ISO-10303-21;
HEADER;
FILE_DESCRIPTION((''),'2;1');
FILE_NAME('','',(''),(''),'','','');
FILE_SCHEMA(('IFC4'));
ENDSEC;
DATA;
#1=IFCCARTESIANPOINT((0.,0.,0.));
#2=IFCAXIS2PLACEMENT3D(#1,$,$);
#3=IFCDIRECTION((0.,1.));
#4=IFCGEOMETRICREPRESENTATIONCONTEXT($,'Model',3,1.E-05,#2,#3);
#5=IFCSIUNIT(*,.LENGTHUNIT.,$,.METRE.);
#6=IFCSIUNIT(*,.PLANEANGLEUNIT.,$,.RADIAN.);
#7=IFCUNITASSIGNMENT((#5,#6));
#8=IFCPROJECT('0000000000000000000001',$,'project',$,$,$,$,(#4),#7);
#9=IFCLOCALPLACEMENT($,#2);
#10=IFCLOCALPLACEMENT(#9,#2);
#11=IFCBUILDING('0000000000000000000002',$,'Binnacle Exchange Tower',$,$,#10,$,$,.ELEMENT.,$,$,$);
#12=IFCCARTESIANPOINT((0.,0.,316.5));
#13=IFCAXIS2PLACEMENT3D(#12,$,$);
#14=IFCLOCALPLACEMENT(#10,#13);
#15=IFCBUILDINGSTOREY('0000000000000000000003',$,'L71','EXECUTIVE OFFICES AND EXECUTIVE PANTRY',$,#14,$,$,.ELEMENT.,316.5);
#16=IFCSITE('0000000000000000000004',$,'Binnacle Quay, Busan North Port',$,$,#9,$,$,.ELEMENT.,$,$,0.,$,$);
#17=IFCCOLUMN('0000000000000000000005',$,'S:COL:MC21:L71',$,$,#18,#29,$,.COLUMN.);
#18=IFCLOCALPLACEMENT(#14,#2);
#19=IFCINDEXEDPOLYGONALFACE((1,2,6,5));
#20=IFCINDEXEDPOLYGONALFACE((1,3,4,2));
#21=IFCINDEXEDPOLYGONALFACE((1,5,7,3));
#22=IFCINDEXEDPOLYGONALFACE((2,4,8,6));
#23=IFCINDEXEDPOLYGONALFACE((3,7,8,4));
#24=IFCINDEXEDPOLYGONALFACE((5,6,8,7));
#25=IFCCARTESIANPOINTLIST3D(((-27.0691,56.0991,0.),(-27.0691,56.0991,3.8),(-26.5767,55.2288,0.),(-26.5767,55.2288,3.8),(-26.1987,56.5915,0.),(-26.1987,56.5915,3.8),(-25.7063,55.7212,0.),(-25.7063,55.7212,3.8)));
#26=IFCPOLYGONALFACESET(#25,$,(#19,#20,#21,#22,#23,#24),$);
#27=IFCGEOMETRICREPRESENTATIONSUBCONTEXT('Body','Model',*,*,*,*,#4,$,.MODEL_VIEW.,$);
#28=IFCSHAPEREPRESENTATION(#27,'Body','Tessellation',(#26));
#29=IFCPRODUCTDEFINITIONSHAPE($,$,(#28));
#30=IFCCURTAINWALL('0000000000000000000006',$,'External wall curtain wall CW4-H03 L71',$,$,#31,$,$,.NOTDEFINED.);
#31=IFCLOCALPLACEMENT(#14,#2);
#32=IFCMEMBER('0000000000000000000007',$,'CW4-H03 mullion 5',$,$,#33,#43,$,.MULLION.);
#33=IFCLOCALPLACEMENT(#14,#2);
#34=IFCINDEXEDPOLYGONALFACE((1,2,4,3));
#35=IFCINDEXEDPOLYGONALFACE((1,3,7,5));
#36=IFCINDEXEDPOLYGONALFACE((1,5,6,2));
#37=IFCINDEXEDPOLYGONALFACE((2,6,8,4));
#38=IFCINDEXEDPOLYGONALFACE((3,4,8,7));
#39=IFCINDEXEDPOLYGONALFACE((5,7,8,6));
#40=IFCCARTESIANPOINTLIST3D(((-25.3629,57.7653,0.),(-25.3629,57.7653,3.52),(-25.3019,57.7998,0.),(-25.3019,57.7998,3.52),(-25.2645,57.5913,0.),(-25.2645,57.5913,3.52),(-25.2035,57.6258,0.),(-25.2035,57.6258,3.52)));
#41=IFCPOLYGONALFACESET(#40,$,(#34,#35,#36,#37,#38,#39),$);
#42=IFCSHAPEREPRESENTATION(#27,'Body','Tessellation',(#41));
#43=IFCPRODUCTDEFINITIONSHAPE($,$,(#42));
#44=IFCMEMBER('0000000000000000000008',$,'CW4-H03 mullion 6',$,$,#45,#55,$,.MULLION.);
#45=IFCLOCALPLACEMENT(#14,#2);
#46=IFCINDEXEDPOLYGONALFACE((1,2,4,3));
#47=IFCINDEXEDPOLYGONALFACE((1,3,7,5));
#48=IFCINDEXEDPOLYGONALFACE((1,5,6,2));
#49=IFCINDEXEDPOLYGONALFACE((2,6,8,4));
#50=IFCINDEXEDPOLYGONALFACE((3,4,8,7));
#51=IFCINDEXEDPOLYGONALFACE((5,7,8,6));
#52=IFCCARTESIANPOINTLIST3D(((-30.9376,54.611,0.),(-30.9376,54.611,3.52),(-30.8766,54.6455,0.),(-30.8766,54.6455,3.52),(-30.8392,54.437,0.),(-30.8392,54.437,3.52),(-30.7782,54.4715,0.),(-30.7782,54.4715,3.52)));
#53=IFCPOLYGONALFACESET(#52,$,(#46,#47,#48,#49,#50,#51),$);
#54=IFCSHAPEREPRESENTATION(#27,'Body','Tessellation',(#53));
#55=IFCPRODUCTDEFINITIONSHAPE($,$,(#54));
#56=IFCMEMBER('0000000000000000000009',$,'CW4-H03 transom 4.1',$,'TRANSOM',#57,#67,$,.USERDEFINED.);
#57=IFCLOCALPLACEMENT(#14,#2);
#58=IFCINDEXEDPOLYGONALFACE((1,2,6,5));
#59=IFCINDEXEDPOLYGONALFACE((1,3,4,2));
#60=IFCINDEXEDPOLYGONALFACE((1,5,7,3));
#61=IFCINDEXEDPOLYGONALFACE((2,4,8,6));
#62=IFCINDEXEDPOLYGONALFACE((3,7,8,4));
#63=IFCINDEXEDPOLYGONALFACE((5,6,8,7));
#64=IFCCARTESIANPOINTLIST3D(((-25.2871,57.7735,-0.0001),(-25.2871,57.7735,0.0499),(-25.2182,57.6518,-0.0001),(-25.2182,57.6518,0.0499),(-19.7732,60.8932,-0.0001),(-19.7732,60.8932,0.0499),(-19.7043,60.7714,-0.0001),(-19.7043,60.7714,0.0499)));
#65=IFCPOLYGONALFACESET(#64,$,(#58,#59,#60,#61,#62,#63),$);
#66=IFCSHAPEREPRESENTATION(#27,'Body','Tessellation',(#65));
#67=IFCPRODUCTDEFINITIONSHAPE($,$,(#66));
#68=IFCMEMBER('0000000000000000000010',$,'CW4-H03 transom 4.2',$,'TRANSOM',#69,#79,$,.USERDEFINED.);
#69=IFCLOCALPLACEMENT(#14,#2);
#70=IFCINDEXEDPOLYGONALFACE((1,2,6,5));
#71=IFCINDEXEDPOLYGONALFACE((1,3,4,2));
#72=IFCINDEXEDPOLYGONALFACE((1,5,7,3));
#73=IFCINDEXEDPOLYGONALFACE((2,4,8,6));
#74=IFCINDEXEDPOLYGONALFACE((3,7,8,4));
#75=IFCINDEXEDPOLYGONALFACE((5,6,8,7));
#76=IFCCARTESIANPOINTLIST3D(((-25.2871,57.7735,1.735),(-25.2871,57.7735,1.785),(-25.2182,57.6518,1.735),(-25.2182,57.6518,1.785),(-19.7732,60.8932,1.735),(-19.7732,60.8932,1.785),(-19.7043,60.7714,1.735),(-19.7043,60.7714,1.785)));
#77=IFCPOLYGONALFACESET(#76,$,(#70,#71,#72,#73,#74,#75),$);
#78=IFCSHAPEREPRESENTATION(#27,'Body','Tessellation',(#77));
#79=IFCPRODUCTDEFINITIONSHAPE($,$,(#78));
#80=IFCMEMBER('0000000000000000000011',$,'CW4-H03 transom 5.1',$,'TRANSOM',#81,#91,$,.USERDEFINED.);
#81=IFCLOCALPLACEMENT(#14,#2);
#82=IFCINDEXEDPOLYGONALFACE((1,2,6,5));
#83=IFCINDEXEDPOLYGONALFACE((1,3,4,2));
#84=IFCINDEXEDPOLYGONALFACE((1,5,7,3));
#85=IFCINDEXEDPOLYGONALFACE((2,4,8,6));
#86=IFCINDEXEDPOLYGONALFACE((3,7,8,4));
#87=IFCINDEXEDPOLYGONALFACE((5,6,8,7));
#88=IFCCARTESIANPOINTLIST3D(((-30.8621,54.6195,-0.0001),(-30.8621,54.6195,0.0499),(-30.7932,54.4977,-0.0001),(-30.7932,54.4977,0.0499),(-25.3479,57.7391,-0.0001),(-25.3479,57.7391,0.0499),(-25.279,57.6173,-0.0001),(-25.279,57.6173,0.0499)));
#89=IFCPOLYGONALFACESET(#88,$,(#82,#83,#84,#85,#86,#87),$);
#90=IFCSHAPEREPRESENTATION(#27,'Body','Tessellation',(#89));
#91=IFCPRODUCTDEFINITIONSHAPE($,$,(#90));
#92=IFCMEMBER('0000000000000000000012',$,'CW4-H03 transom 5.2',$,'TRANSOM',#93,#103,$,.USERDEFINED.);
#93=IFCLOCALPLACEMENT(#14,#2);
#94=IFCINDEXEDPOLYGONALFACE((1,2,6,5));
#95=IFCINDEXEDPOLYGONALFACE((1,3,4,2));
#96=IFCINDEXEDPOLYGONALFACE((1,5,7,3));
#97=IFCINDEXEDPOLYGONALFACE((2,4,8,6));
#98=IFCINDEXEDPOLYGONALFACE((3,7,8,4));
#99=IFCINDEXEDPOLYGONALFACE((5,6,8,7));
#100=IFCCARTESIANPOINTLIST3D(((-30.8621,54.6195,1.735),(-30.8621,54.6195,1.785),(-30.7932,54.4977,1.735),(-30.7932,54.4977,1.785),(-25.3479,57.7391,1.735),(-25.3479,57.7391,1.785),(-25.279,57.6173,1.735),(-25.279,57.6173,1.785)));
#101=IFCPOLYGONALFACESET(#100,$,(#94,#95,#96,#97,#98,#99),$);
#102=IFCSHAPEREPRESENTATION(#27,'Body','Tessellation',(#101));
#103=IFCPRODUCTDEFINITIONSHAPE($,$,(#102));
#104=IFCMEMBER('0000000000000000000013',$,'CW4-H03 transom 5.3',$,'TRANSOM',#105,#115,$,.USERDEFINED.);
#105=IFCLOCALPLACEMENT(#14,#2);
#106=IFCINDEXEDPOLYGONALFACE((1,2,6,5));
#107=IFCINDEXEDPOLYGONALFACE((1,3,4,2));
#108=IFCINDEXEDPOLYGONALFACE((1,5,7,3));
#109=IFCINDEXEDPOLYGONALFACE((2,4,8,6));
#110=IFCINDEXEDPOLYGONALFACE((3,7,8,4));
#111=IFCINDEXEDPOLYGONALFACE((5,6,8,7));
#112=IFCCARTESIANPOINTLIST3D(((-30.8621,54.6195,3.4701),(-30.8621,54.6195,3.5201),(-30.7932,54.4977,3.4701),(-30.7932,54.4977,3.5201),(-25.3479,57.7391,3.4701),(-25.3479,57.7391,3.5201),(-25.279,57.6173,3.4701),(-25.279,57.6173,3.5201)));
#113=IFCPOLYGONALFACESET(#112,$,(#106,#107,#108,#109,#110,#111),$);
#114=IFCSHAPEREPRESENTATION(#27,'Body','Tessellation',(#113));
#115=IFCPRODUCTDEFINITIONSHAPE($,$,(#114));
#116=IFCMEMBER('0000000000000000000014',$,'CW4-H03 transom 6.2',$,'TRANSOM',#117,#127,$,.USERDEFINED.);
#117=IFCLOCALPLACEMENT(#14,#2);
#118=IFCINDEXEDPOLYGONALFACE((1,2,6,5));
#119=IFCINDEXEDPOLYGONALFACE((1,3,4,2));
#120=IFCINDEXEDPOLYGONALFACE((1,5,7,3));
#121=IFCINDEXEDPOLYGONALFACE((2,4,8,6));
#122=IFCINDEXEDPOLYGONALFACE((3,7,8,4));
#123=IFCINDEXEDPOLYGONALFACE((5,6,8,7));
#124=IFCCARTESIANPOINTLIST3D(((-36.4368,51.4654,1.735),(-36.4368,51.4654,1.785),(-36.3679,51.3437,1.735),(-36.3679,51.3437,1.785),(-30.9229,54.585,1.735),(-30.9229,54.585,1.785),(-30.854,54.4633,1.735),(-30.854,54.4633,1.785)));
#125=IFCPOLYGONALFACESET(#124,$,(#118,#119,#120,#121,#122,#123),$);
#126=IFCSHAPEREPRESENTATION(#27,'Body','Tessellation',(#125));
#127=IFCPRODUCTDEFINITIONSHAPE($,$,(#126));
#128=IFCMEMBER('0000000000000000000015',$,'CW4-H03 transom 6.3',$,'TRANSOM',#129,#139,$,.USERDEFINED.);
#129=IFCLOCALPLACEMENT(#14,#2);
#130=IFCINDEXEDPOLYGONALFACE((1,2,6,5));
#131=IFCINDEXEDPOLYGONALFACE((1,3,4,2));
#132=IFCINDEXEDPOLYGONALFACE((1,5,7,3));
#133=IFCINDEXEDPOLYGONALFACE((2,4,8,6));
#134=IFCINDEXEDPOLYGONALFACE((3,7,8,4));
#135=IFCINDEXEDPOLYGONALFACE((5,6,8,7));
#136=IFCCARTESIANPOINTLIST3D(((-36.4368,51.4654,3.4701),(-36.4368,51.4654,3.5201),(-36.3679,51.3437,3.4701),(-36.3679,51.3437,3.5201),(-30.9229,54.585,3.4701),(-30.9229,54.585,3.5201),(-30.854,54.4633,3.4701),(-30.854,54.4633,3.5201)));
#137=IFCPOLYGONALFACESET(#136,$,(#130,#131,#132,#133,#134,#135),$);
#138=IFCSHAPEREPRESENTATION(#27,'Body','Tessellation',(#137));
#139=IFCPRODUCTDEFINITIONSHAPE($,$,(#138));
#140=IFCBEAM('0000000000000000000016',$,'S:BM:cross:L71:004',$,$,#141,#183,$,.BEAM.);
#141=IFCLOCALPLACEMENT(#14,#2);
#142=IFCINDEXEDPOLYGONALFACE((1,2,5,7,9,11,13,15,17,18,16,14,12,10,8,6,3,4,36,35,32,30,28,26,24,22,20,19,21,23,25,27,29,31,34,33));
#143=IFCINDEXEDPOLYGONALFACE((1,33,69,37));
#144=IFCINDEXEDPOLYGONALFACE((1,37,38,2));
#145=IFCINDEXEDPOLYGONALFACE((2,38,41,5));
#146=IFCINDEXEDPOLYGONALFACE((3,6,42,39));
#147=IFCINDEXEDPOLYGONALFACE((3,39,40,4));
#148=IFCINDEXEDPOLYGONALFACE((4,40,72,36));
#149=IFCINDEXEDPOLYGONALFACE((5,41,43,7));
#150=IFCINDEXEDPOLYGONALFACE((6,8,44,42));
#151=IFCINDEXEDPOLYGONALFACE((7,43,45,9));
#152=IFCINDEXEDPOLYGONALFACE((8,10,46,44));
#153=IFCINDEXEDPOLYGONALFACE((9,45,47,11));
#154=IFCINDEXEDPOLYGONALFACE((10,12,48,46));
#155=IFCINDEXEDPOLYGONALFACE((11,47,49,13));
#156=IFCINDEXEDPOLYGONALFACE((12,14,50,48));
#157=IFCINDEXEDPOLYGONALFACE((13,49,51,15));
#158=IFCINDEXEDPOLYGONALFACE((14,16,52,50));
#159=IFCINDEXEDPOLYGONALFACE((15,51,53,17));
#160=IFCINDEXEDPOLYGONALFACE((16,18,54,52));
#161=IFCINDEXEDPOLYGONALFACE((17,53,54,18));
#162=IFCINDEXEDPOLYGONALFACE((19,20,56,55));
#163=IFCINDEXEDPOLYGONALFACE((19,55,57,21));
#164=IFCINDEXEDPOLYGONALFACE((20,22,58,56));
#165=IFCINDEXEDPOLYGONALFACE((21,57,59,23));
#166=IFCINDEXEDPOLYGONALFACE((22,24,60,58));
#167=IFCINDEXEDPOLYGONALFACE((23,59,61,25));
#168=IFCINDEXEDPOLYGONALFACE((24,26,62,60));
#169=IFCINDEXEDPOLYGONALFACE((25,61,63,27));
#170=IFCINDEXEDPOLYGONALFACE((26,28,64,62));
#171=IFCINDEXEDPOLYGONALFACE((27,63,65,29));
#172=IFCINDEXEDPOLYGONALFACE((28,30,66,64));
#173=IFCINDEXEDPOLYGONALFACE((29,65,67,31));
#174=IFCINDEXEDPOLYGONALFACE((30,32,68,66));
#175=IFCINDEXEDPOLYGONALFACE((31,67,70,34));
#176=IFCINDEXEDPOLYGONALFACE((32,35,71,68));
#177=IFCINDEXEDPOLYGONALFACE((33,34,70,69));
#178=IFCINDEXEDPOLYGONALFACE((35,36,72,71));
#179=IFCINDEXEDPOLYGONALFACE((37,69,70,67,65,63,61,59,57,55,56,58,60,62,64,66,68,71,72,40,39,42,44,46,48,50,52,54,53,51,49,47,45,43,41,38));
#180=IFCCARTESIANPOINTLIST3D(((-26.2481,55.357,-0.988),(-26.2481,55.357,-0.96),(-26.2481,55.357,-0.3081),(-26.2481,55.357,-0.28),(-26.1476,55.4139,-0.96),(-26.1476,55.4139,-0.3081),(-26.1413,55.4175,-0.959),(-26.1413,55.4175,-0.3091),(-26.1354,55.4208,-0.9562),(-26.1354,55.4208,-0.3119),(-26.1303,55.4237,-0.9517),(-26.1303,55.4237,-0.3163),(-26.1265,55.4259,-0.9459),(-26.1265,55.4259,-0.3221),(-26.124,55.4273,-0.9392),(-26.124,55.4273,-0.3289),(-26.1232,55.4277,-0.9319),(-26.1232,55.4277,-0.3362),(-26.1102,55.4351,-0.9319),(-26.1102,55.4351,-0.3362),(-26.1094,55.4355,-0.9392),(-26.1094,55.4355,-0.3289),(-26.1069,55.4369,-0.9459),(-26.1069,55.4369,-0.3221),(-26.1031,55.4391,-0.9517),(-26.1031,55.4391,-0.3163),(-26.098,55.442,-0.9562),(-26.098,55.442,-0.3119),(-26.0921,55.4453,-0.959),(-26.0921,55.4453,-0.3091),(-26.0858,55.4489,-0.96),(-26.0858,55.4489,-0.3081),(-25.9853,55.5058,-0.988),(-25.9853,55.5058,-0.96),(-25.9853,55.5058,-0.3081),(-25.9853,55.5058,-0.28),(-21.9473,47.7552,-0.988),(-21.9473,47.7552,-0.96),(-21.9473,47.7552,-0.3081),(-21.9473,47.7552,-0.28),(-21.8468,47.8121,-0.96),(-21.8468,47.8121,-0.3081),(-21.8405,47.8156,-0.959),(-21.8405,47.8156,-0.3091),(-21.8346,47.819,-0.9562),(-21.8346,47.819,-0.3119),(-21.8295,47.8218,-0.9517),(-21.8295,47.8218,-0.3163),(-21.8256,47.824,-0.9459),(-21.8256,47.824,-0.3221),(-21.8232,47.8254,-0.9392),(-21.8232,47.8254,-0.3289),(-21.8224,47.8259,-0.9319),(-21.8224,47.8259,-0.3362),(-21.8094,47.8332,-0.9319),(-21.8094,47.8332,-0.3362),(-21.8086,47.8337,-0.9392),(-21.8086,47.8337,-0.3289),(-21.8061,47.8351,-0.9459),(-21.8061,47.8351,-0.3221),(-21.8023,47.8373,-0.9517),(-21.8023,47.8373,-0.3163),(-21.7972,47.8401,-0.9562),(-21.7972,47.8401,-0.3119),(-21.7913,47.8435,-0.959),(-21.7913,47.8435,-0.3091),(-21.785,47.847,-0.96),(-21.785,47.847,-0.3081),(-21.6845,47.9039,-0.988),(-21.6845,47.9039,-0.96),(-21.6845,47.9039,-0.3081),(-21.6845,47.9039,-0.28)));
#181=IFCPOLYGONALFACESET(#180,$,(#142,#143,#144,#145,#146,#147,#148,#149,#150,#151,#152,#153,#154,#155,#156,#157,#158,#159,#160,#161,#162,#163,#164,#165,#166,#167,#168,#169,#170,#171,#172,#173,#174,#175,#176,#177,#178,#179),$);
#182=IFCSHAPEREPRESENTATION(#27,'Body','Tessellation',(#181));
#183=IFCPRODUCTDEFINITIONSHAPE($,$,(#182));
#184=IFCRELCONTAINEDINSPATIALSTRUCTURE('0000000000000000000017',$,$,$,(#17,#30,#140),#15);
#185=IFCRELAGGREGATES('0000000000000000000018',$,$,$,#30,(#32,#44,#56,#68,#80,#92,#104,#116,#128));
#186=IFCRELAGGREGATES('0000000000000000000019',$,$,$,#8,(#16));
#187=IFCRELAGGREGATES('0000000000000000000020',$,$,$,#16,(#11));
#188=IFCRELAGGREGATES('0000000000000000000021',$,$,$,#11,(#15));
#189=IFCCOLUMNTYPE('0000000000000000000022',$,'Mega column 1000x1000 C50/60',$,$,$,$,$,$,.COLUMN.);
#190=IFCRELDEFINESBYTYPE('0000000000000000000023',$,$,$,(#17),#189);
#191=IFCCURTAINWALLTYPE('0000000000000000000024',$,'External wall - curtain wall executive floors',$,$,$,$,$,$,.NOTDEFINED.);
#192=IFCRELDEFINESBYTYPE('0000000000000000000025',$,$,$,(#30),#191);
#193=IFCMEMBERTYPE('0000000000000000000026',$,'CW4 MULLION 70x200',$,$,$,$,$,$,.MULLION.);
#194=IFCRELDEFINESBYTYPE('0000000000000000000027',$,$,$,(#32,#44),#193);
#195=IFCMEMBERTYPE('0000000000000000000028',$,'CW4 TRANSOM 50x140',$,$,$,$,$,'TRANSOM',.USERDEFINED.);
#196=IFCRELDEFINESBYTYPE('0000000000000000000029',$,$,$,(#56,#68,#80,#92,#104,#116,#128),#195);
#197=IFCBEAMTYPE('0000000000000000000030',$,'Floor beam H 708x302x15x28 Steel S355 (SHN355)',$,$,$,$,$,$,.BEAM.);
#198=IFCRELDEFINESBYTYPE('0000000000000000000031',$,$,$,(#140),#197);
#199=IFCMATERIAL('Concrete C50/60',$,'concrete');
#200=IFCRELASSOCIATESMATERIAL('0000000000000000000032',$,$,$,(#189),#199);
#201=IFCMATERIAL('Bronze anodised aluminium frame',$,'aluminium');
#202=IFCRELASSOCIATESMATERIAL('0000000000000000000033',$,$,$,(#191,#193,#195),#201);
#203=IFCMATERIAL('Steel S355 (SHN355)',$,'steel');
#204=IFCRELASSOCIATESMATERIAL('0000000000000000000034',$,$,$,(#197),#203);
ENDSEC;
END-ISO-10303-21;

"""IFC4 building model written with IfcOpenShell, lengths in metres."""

from ifc_helpers import new_model, si_unit, direction, frame, origin, origin_2d, place, context, subcontext, project, spatial, rectangle, i_section, extrude, material, material_profile, profile_set, type_object, element, aggregate, save


model = new_model("IFC4")

# Units and contexts
model_context = context("Model", 3, precision=1e-05, world=origin(), true_north=direction((0.0, 1.0)))
body_context = subcontext(model_context, "Body", "Model", "MODEL_VIEW")
ifc_project = project(units=[si_unit("LENGTHUNIT", "METRE"), si_unit("PLANEANGLEUNIT", "RADIAN")], contexts=[model_context])

# Site, building, storey
site_placement = place(None, origin())
site = spatial("IfcSite", under=ifc_project, at=site_placement, Name="Binnacle Quay, Busan North Port", CompositionType="ELEMENT", RefElevation=0.0)
building_placement = place(site_placement, origin())
building = spatial("IfcBuilding", under=site, at=building_placement, Name="Binnacle Exchange Tower", CompositionType="ELEMENT")
storey_placement = place(building_placement, frame((0.0, 0.0, 316.5)))
storey = spatial("IfcBuildingStorey", under=building, at=storey_placement, Name="L71", Description="EXECUTIVE OFFICES AND EXECUTIVE PANTRY", CompositionType="ELEMENT", Elevation=316.5)

# Column
ifc_material_1 = material(Name="Concrete C50/60", Category="concrete")
ifc_material_profile_1 = material_profile(ifc_material_1, rectangle(XDim=1.0, YDim=1.0, at=origin_2d()), Name="Mega column 1000x1000 C50/60")
ifc_profile_set_1 = profile_set([ifc_material_profile_1], Name="Concrete C50/60")
column_type = type_object("IfcColumnType", Name="Mega column 1000x1000 C50/60", PredefinedType="COLUMN", material=ifc_profile_set_1)
column_placement = place(storey_placement, frame((-26.3877, 55.9102, 0.0), z_axis=(0.0, 0.0, 1.0), x_axis=(-0.870356, -0.492424, 0.0)))
element("IfcColumn", 1, at=column_placement, inside=storey, type_object=column_type, Name="S:COL:MC21:L71", PredefinedType="COLUMN", context=body_context, shape_type="SweptSolid", body=[
    extrude(rectangle(XDim=1.0, YDim=1.0, at=origin_2d()), origin(), (0.0, 0.0, 1.0), 3.8),
])

# Curtain wall, members
ifc_material_2 = material(Name="Bronze anodised aluminium frame", Category="aluminium")
curtain_wall_type = type_object("IfcCurtainWallType", Name="External wall - curtain wall executive floors", PredefinedType="NOTDEFINED", material=ifc_material_2)
curtain_wall_placement = place(storey_placement, origin())
curtain_wall = element("IfcCurtainWall", 2, at=curtain_wall_placement, inside=storey, type_object=curtain_wall_type, Name="External wall curtain wall CW4-H03 L71", PredefinedType="NOTDEFINED")
ifc_material_profile_2 = material_profile(ifc_material_2, rectangle(XDim=0.2, YDim=0.0701, at=origin_2d()), Name="AL 70x200")
ifc_profile_set_2 = profile_set([ifc_material_profile_2], Name="Bronze anodised aluminium frame")
member_type_1 = type_object("IfcMemberType", Name="CW4 MULLION 70x200", PredefinedType="MULLION", material=ifc_profile_set_2)
member_1_placement = place(storey_placement, frame((-25.2832, 57.6956, 0.0), z_axis=(0.0, 0.0, 1.0), x_axis=(0.492424, -0.870356, 0.0)))
member_1 = element("IfcMember", 3, at=member_1_placement, type_object=member_type_1, Name="CW4-H03 mullion 5", PredefinedType="MULLION", context=body_context, shape_type="SweptSolid", body=[
    extrude(rectangle(XDim=0.2, YDim=0.0701, at=origin_2d()), origin(), (0.0, 0.0, 1.0), 3.52),
])
member_2_placement = place(storey_placement, frame((-30.8579, 54.5413, 0.0), z_axis=(0.0, 0.0, 1.0), x_axis=(0.492424, -0.870356, 0.0)))
member_2 = element("IfcMember", 4, at=member_2_placement, type_object=member_type_1, Name="CW4-H03 mullion 6", PredefinedType="MULLION", context=body_context, shape_type="SweptSolid", body=[
    extrude(rectangle(XDim=0.2, YDim=0.0701, at=origin_2d()), origin(), (0.0, 0.0, 1.0), 3.52),
])
ifc_material_profile_3 = material_profile(ifc_material_2, rectangle(XDim=0.1399, YDim=0.05, at=origin_2d()), Name="AL 140x50")
ifc_profile_set_3 = profile_set([ifc_material_profile_3], Name="Bronze anodised aluminium frame")
member_type_2 = type_object("IfcMemberType", Name="CW4 TRANSOM 50x140", ElementType="TRANSOM", PredefinedType="USERDEFINED", material=ifc_profile_set_3)
member_3_placement = place(storey_placement, frame((-19.7388, 60.8323, 0.0249), z_axis=(-0.870355, -0.492424, 0.0), x_axis=(0.492424, -0.870355, 0.0)))
member_3 = element("IfcMember", 5, at=member_3_placement, type_object=member_type_2, Name="CW4-H03 transom 4.1", ObjectType="TRANSOM", PredefinedType="USERDEFINED", context=body_context, shape_type="SweptSolid", body=[
    extrude(rectangle(XDim=0.1399, YDim=0.05, at=origin_2d()), origin(), (0.0, 0.0, 1.0), 6.3352),
])
member_4_placement = place(storey_placement, frame((-19.7388, 60.8323, 1.76), z_axis=(-0.870355, -0.492424, 0.0), x_axis=(0.492424, -0.870355, 0.0)))
member_4 = element("IfcMember", 6, at=member_4_placement, type_object=member_type_2, Name="CW4-H03 transom 4.2", ObjectType="TRANSOM", PredefinedType="USERDEFINED", context=body_context, shape_type="SweptSolid", body=[
    extrude(rectangle(XDim=0.1399, YDim=0.05, at=origin_2d()), origin(), (0.0, 0.0, 1.0), 6.3352),
])
member_5_placement = place(storey_placement, frame((-25.3135, 57.6782, 0.0249), z_axis=(-0.870365, -0.492408, 0.0), x_axis=(0.492408, -0.870365, 0.0)))
member_5 = element("IfcMember", 7, at=member_5_placement, type_object=member_type_2, Name="CW4-H03 transom 5.1", ObjectType="TRANSOM", PredefinedType="USERDEFINED", context=body_context, shape_type="SweptSolid", body=[
    extrude(rectangle(XDim=0.1399, YDim=0.05, at=origin_2d()), origin(), (0.0, 0.0, 1.0), 6.3354),
])
member_6_placement = place(storey_placement, frame((-25.3135, 57.6782, 1.76), z_axis=(-0.870365, -0.492408, 0.0), x_axis=(0.492408, -0.870365, 0.0)))
member_6 = element("IfcMember", 8, at=member_6_placement, type_object=member_type_2, Name="CW4-H03 transom 5.2", ObjectType="TRANSOM", PredefinedType="USERDEFINED", context=body_context, shape_type="SweptSolid", body=[
    extrude(rectangle(XDim=0.1399, YDim=0.05, at=origin_2d()), origin(), (0.0, 0.0, 1.0), 6.3354),
])
member_7_placement = place(storey_placement, frame((-25.3135, 57.6782, 3.4951), z_axis=(-0.870365, -0.492408, 0.0), x_axis=(0.492408, -0.870365, 0.0)))
member_7 = element("IfcMember", 9, at=member_7_placement, type_object=member_type_2, Name="CW4-H03 transom 5.3", ObjectType="TRANSOM", PredefinedType="USERDEFINED", context=body_context, shape_type="SweptSolid", body=[
    extrude(rectangle(XDim=0.1399, YDim=0.05, at=origin_2d()), origin(), (0.0, 0.0, 1.0), 6.3354),
])
member_8_placement = place(storey_placement, frame((-30.8884, 54.5242, 1.76), z_axis=(-0.870355, -0.492424, 0.0), x_axis=(0.492424, -0.870355, 0.0)))
member_8 = element("IfcMember", 10, at=member_8_placement, type_object=member_type_2, Name="CW4-H03 transom 6.2", ObjectType="TRANSOM", PredefinedType="USERDEFINED", context=body_context, shape_type="SweptSolid", body=[
    extrude(rectangle(XDim=0.1399, YDim=0.05, at=origin_2d()), origin(), (0.0, 0.0, 1.0), 6.3352),
])
member_9_placement = place(storey_placement, frame((-30.8884, 54.5242, 3.4951), z_axis=(-0.870355, -0.492424, 0.0), x_axis=(0.492424, -0.870355, 0.0)))
member_9 = element("IfcMember", 11, at=member_9_placement, type_object=member_type_2, Name="CW4-H03 transom 6.3", ObjectType="TRANSOM", PredefinedType="USERDEFINED", context=body_context, shape_type="SweptSolid", body=[
    extrude(rectangle(XDim=0.1399, YDim=0.05, at=origin_2d()), origin(), (0.0, 0.0, 1.0), 6.3352),
])

# Beam
ifc_material_3 = material(Name="Steel S355 (SHN355)", Category="steel")
ifc_material_profile_4 = material_profile(ifc_material_3, i_section(OverallWidth=0.302, OverallDepth=0.708, WebThickness=0.0149, FlangeThickness=0.0281, FilletRadius=0.0281, at=origin_2d()), Name="H 708x302x15x28")
ifc_profile_set_4 = profile_set([ifc_material_profile_4], Name="Steel S355 (SHN355)")
beam_type = type_object("IfcBeamType", Name="Floor beam H 708x302x15x28 Steel S355 (SHN355)", PredefinedType="BEAM", material=ifc_profile_set_4)
beam_placement = place(storey_placement, frame((-26.1167, 55.4314, -0.634), z_axis=(0.492414, -0.870361, 0.0), x_axis=(0.870361, 0.492414, 0.0)))
element("IfcBeam", 12, at=beam_placement, inside=storey, type_object=beam_type, Name="S:BM:cross:L71:004", PredefinedType="BEAM", context=body_context, shape_type="SweptSolid", body=[
    extrude(i_section(OverallWidth=0.302, OverallDepth=0.708, WebThickness=0.0149, FlangeThickness=0.0281, FilletRadius=0.0281, at=origin_2d()), origin(), (0.0, 0.0, 1.0), 8.7341),
])

aggregate(curtain_wall, [member_1, member_2, member_3, member_4, member_5, member_6, member_7, member_8, member_9])

save(model, "model.ifc")
